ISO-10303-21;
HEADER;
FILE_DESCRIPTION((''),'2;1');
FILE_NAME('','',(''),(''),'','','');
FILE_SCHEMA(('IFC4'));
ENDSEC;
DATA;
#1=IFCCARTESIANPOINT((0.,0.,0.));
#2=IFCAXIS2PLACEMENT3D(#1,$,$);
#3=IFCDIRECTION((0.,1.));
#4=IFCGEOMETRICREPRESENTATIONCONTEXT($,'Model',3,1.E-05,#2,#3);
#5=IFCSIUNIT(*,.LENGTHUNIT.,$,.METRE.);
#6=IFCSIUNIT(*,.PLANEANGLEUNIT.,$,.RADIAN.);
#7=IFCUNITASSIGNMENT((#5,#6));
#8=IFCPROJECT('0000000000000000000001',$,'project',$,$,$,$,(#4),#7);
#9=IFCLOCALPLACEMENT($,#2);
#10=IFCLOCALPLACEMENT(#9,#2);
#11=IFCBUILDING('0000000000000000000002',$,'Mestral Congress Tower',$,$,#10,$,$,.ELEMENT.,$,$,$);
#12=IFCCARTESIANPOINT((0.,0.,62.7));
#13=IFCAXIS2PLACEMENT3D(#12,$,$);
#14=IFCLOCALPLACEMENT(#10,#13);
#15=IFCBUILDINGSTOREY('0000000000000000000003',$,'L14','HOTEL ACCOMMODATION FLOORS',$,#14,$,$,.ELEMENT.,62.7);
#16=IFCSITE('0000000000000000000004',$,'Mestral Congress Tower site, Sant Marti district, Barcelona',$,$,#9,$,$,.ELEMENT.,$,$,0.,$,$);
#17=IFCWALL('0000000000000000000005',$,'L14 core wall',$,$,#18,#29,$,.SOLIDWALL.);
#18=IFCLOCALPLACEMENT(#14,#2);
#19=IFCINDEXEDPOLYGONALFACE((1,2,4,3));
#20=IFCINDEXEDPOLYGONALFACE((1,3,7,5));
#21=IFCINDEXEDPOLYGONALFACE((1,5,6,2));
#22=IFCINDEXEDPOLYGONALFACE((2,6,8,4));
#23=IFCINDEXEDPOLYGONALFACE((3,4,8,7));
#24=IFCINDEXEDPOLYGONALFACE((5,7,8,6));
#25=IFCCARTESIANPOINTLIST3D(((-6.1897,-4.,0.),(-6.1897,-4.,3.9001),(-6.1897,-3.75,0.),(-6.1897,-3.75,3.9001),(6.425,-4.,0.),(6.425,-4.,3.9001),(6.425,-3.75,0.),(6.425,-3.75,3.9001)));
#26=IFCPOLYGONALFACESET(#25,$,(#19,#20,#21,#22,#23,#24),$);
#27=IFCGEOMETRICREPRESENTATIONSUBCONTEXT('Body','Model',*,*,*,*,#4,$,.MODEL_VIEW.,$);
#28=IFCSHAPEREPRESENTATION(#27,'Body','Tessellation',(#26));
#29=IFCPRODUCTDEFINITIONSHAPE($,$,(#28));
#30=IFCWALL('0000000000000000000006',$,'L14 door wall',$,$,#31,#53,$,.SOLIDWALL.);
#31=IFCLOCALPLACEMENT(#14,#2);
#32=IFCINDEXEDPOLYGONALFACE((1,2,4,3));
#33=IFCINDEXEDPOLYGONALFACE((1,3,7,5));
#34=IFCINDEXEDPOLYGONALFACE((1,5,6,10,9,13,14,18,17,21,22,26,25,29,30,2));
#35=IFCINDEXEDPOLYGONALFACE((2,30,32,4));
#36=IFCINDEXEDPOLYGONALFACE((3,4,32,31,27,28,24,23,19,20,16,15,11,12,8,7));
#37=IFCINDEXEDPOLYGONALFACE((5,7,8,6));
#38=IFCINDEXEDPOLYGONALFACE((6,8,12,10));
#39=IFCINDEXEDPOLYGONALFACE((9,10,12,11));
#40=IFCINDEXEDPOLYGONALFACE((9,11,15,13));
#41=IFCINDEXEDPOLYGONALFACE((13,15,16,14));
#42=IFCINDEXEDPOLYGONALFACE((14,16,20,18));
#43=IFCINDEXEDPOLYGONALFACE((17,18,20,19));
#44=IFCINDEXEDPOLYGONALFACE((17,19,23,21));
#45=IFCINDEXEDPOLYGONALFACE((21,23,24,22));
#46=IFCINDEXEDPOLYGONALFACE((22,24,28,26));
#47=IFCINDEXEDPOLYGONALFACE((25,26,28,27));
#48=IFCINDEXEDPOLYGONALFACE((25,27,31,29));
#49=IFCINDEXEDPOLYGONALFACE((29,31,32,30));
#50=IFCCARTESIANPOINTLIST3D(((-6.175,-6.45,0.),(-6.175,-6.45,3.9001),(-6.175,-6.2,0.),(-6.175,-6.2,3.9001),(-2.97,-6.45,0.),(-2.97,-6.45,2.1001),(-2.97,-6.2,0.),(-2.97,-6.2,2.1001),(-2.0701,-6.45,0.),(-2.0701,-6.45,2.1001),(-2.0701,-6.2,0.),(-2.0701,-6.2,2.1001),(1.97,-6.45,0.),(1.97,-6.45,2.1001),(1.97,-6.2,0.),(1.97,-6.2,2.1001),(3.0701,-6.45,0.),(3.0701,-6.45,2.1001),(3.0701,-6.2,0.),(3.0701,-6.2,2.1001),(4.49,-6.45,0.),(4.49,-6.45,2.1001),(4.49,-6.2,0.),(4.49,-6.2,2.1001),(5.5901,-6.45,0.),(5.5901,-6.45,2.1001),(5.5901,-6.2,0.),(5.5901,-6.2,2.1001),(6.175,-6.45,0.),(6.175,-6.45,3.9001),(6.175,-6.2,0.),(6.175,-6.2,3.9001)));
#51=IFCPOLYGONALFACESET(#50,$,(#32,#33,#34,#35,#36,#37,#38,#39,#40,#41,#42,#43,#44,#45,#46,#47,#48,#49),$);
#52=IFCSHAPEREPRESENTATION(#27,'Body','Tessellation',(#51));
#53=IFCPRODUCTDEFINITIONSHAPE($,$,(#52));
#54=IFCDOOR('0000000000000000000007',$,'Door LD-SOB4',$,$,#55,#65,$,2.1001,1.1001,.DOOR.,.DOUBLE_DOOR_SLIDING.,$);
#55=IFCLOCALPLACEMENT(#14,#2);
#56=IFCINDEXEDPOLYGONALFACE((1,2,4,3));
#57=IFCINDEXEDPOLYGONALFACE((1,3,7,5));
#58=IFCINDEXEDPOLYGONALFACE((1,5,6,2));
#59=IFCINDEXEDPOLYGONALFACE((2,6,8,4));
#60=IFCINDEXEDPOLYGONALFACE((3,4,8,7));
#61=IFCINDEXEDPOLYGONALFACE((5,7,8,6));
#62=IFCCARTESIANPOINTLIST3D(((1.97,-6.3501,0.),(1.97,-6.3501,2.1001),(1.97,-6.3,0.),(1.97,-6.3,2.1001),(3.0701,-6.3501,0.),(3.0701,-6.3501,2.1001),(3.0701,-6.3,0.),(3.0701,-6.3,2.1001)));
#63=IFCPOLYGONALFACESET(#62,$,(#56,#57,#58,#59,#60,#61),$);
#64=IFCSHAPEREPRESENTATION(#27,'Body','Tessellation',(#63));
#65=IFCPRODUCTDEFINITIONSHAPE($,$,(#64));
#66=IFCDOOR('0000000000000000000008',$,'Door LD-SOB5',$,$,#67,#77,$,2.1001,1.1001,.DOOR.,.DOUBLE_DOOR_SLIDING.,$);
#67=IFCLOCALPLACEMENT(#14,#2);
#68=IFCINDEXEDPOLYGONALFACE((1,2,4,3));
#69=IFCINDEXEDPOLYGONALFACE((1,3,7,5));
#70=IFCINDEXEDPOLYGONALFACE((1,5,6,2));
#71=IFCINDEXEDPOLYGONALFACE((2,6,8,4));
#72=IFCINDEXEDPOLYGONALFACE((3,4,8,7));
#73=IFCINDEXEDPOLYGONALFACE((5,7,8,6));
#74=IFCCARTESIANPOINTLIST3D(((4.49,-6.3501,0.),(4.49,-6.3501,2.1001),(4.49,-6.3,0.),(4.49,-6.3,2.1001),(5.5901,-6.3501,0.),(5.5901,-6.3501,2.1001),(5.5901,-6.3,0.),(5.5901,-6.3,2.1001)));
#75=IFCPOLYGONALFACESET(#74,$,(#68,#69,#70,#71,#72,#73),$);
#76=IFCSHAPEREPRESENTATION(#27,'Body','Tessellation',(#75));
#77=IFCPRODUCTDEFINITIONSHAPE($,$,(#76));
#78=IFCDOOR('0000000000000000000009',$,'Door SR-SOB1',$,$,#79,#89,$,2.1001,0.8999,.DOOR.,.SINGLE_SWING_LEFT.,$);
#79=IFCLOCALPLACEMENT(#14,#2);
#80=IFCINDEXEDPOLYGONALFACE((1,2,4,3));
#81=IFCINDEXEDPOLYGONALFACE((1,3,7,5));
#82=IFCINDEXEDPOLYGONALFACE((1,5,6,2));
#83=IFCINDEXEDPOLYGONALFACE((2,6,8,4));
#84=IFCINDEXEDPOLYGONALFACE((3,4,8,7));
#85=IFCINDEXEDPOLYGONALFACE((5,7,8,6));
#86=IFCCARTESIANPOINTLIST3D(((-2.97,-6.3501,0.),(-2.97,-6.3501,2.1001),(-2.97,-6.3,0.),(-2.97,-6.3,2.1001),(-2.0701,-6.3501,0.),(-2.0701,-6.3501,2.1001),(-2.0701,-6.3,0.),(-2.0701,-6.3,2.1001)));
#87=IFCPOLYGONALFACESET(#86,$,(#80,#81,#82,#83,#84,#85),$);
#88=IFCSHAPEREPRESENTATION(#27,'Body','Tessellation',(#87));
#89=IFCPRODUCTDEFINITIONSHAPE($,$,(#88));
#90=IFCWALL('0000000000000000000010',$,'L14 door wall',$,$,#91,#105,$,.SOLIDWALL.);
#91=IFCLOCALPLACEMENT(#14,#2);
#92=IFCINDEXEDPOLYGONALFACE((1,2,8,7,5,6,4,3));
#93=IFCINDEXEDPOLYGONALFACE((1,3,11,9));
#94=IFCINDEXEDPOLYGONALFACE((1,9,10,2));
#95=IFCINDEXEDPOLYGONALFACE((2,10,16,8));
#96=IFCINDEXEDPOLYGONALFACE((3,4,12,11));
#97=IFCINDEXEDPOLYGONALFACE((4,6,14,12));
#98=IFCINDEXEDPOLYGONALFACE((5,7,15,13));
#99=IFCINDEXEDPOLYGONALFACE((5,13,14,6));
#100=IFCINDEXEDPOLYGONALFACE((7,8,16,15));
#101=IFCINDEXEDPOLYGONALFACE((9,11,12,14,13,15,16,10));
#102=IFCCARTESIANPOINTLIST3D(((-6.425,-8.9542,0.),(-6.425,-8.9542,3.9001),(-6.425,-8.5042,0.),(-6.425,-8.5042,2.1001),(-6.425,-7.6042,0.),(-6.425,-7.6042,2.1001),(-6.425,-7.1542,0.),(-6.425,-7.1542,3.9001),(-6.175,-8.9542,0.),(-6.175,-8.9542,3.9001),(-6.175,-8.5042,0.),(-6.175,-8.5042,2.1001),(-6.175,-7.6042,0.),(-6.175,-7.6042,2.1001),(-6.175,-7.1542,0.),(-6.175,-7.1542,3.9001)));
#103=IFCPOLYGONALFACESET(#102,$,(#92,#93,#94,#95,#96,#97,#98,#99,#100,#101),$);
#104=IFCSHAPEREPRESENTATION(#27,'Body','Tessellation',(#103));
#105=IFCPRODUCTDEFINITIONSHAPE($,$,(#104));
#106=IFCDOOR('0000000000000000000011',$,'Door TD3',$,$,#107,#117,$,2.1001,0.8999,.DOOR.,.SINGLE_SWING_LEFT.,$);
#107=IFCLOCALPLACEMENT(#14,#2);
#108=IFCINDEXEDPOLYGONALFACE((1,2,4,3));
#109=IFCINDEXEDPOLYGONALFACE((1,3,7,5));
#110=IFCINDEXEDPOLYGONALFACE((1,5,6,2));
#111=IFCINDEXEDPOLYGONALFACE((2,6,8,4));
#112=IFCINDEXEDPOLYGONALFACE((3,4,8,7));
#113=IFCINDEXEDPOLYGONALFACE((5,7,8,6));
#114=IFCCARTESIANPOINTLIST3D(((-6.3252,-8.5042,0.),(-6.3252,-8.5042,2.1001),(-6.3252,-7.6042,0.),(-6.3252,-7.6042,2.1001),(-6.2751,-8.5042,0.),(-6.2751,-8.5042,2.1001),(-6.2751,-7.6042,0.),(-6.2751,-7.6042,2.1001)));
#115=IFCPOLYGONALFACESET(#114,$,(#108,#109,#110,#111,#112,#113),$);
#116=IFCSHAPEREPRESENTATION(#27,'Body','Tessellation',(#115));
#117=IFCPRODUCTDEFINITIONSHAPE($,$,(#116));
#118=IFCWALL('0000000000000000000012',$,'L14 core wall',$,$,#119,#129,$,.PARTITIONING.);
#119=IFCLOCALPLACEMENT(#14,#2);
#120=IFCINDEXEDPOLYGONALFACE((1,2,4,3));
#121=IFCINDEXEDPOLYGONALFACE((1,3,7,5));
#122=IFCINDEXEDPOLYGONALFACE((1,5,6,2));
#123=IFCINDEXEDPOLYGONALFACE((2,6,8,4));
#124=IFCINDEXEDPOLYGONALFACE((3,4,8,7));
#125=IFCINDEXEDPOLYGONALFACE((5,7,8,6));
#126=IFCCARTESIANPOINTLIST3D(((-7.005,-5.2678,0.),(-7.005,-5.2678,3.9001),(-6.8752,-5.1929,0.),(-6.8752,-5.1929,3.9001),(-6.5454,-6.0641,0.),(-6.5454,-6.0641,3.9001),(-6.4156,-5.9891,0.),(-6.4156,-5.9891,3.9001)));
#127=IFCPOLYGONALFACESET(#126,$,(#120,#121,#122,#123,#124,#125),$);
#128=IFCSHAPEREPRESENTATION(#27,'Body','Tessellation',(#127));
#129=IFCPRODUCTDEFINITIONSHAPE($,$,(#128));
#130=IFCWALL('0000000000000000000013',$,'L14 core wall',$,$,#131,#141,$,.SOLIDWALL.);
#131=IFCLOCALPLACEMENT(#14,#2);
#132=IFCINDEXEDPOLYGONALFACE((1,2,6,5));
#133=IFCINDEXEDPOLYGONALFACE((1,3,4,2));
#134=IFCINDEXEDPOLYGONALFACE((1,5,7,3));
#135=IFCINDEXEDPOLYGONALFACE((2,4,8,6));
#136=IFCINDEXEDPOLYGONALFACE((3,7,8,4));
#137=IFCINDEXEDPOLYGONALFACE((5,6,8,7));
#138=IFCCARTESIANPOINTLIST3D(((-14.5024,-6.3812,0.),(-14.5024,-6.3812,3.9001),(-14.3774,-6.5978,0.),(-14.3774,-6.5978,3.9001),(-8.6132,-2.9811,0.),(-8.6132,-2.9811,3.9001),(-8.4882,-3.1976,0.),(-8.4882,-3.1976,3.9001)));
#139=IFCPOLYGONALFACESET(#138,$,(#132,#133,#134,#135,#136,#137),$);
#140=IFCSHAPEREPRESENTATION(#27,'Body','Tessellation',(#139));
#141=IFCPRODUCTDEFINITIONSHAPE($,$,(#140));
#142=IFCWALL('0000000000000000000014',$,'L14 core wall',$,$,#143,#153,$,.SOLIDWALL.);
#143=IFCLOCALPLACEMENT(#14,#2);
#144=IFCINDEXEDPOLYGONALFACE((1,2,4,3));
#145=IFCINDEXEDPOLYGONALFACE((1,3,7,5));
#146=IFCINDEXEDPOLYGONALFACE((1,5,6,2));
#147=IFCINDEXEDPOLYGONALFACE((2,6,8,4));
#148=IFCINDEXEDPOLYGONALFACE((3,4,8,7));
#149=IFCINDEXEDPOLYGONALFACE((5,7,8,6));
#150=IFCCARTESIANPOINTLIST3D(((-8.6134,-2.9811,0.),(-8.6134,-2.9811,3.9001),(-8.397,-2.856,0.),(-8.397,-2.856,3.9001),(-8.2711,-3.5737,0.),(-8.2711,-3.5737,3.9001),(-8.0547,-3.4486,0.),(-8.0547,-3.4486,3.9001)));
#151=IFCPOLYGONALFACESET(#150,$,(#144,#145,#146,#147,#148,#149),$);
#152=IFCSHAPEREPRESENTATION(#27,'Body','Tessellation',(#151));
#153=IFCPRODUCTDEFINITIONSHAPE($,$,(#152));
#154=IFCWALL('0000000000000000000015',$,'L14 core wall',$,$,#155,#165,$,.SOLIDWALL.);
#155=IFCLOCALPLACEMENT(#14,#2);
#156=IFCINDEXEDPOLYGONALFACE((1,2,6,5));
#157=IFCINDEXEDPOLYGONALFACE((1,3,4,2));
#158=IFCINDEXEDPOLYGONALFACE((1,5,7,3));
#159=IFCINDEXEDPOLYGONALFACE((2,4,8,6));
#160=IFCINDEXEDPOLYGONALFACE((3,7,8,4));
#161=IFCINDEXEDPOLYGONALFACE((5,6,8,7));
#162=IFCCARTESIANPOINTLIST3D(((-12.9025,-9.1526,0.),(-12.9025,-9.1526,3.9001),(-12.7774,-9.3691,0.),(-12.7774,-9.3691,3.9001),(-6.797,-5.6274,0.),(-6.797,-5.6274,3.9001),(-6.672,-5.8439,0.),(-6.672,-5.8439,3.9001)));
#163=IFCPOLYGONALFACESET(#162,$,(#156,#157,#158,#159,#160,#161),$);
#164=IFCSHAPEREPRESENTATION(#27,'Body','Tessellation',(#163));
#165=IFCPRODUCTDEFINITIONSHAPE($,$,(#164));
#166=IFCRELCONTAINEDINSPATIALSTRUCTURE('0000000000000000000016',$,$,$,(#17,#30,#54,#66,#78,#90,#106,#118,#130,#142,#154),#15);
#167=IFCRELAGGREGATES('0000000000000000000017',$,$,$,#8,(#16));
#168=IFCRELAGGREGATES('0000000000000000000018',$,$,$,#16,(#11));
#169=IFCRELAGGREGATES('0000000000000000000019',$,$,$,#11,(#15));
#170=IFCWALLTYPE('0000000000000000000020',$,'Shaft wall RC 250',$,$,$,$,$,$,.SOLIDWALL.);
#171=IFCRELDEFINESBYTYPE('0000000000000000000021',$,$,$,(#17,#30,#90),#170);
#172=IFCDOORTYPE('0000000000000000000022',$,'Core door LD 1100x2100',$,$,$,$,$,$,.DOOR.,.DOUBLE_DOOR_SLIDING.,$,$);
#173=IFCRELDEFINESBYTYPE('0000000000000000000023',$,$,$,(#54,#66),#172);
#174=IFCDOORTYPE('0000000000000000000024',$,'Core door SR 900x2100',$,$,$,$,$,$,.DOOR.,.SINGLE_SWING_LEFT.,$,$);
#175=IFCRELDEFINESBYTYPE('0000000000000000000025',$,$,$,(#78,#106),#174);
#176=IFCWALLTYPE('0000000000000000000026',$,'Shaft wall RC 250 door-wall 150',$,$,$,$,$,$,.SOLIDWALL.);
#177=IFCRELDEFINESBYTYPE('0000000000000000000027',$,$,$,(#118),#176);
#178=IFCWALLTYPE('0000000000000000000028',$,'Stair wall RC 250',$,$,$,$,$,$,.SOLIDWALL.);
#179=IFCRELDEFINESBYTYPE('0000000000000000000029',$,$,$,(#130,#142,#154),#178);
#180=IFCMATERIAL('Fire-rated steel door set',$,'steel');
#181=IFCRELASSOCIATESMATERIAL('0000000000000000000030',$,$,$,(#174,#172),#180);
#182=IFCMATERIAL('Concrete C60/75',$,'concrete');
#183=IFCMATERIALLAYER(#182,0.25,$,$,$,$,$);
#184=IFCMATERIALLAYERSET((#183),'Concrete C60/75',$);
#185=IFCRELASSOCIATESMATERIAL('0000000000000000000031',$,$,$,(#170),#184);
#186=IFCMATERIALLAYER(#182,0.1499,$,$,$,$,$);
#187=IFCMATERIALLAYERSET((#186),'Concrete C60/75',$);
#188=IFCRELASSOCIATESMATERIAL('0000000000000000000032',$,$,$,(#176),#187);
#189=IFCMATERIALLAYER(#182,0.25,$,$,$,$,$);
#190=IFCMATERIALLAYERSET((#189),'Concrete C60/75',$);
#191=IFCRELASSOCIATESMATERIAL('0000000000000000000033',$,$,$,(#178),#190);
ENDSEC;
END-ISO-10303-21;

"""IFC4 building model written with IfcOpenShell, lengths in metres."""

from ifc_helpers import new_model, si_unit, direction, frame, frame_2d, origin, place, context, subcontext, project, spatial, rectangle, extrude, material, layer, layer_set, type_object, element, fill, save


model = new_model("IFC4")

# Units and contexts
model_context = context("Model", 3, precision=1e-05, world=origin(), true_north=direction((0.0, 1.0)))
body_context = subcontext(model_context, "Body", "Model", "MODEL_VIEW")
ifc_project = project(units=[si_unit("LENGTHUNIT", "METRE"), si_unit("PLANEANGLEUNIT", "RADIAN")], contexts=[model_context])

# Site, building, storey
site_placement = place(None, origin())
site = spatial("IfcSite", under=ifc_project, at=site_placement, Name="Mestral Congress Tower site, Sant Marti district, Barcelona", CompositionType="ELEMENT", RefElevation=0.0)
building_placement = place(site_placement, origin())
building = spatial("IfcBuilding", under=site, at=building_placement, Name="Mestral Congress Tower", CompositionType="ELEMENT")
storey_placement = place(building_placement, frame((0.0, 0.0, 62.7)))
storey = spatial("IfcBuildingStorey", under=building, at=storey_placement, Name="L14", Description="HOTEL ACCOMMODATION FLOORS", CompositionType="ELEMENT", Elevation=62.7)

# Shared definitions
ifc_material_1 = material(Name="Fire-rated steel door set", Category="steel")
door_type_1 = type_object("IfcDoorType", Name="Core door SR 900x2100", OperationType="SINGLE_SWING_LEFT", PredefinedType="DOOR", material=ifc_material_1)

# Wall
ifc_material_2 = material(Name="Concrete C60/75", Category="concrete")
ifc_layer_1 = layer(ifc_material_2, 0.25)
ifc_layer_set_1 = layer_set([ifc_layer_1], Name="Concrete C60/75")
wall_type_1 = type_object("IfcWallType", Name="Shaft wall RC 250", PredefinedType="SOLIDWALL", material=ifc_layer_set_1)
wall_1_placement = place(storey_placement, frame((-6.1897, -3.875, 0.0), z_axis=(0.0, 0.0, 1.0), x_axis=(1.0, 0.0, 0.0)))
element("IfcWall", 1, at=wall_1_placement, inside=storey, type_object=wall_type_1, Name="L14 core wall", PredefinedType="SOLIDWALL", context=body_context, shape_type="SweptSolid", body=[
    extrude(rectangle(XDim=12.6147, YDim=0.25, at=frame_2d((6.3074, 0.0))), origin(), (0.0, 0.0, 1.0), 3.9001),
])

# Wall, openings, doors
wall_2_placement = place(storey_placement, frame((-6.175, -6.325, 0.0), z_axis=(0.0, 0.0, 1.0), x_axis=(1.0, 0.0, 0.0)))
wall_2 = element("IfcWall", 2, at=wall_2_placement, inside=storey, type_object=wall_type_1, Name="L14 door wall", PredefinedType="SOLIDWALL", context=body_context, shape_type="SweptSolid", body=[
    extrude(rectangle(XDim=12.3501, YDim=0.25, at=frame_2d((6.175, 0.0))), origin(), (0.0, 0.0, 1.0), 3.9001),
])
opening_1_placement = place(wall_2_placement, frame((3.2051, 0.0, 0.0)))
opening_1 = element("IfcOpeningElement", 3, at=opening_1_placement, cuts=wall_2, PredefinedType="OPENING", context=body_context, shape_type="SweptSolid", body=[
    extrude(rectangle(XDim=0.8999, YDim=2.1001, at=frame_2d((0.45, 1.05))), frame((0.0, 0.135, 0.0), z_axis=(0.0, -1.0, 0.0), x_axis=(1.0, 0.0, 0.0)), (0.0, 0.0, 1.0), 0.27),
])
opening_2_placement = place(wall_2_placement, frame((8.145, 0.0, 0.0)))
opening_2 = element("IfcOpeningElement", 4, at=opening_2_placement, cuts=wall_2, PredefinedType="OPENING", context=body_context, shape_type="SweptSolid", body=[
    extrude(rectangle(XDim=1.1001, YDim=2.1001, at=frame_2d((0.55, 1.05))), frame((0.0, 0.135, 0.0), z_axis=(0.0, -1.0, 0.0), x_axis=(1.0, 0.0, 0.0)), (0.0, 0.0, 1.0), 0.27),
])
opening_3_placement = place(wall_2_placement, frame((10.665, 0.0, 0.0)))
opening_3 = element("IfcOpeningElement", 5, at=opening_3_placement, cuts=wall_2, PredefinedType="OPENING", context=body_context, shape_type="SweptSolid", body=[
    extrude(rectangle(XDim=1.1001, YDim=2.1001, at=frame_2d((0.55, 1.05))), frame((0.0, 0.135, 0.0), z_axis=(0.0, -1.0, 0.0), x_axis=(1.0, 0.0, 0.0)), (0.0, 0.0, 1.0), 0.27),
])
door_type_2 = type_object("IfcDoorType", Name="Core door LD 1100x2100", OperationType="DOUBLE_DOOR_SLIDING", PredefinedType="DOOR", material=ifc_material_1)
door_1_placement = place(opening_2_placement, origin())
door_1 = element("IfcDoor", 6, at=door_1_placement, inside=storey, type_object=door_type_2, Name="Door LD-SOB4", OperationType="DOUBLE_DOOR_SLIDING", OverallHeight=2.1001, OverallWidth=1.1001, PredefinedType="DOOR", context=body_context, shape_type="SweptSolid", body=[
    extrude(rectangle(XDim=1.1001, YDim=2.1001, at=frame_2d((0.55, 1.05))), frame((0.0, 0.0249, 0.0), z_axis=(0.0, -1.0, 0.0), x_axis=(1.0, 0.0, 0.0)), (0.0, 0.0, 1.0), 0.05),
])
fill(opening_2, door_1)
door_2_placement = place(opening_3_placement, origin())
door_2 = element("IfcDoor", 7, at=door_2_placement, inside=storey, type_object=door_type_2, Name="Door LD-SOB5", OperationType="DOUBLE_DOOR_SLIDING", OverallHeight=2.1001, OverallWidth=1.1001, PredefinedType="DOOR", context=body_context, shape_type="SweptSolid", body=[
    extrude(rectangle(XDim=1.1001, YDim=2.1001, at=frame_2d((0.55, 1.05))), frame((0.0, 0.0249, 0.0), z_axis=(0.0, -1.0, 0.0), x_axis=(1.0, 0.0, 0.0)), (0.0, 0.0, 1.0), 0.05),
])
fill(opening_3, door_2)
door_3_placement = place(opening_1_placement, origin())
door_3 = element("IfcDoor", 8, at=door_3_placement, inside=storey, type_object=door_type_1, Name="Door SR-SOB1", OperationType="SINGLE_SWING_LEFT", OverallHeight=2.1001, OverallWidth=0.8999, PredefinedType="DOOR", context=body_context, shape_type="SweptSolid", body=[
    extrude(rectangle(XDim=0.8999, YDim=2.1001, at=frame_2d((0.45, 1.05))), frame((0.0, 0.0249, 0.0), z_axis=(0.0, -1.0, 0.0), x_axis=(1.0, 0.0, 0.0)), (0.0, 0.0, 1.0), 0.05),
])
fill(opening_1, door_3)

# Wall, opening, door
wall_3_placement = place(storey_placement, frame((-6.3, -7.1543, 0.0), z_axis=(0.0, 0.0, 1.0), x_axis=(0.0, -1.0, 0.0)))
wall_3 = element("IfcWall", 9, at=wall_3_placement, inside=storey, type_object=wall_type_1, Name="L14 door wall", PredefinedType="SOLIDWALL", context=body_context, shape_type="SweptSolid", body=[
    extrude(rectangle(XDim=1.8, YDim=0.25, at=frame_2d((0.8999, 0.0))), origin(), (0.0, 0.0, 1.0), 3.9001),
])
opening_4_placement = place(wall_3_placement, frame((0.45, 0.0, 0.0)))
opening_4 = element("IfcOpeningElement", 10, at=opening_4_placement, cuts=wall_3, PredefinedType="OPENING", context=body_context, shape_type="SweptSolid", body=[
    extrude(rectangle(XDim=0.8999, YDim=2.1001, at=frame_2d((0.45, 1.05))), frame((0.0, 0.135, 0.0), z_axis=(0.0, -1.0, 0.0), x_axis=(1.0, 0.0, 0.0)), (0.0, 0.0, 1.0), 0.27),
])
door_4_placement = place(opening_4_placement, origin())
door_4 = element("IfcDoor", 11, at=door_4_placement, inside=storey, type_object=door_type_1, Name="Door TD3", OperationType="SINGLE_SWING_LEFT", OverallHeight=2.1001, OverallWidth=0.8999, PredefinedType="DOOR", context=body_context, shape_type="SweptSolid", body=[
    extrude(rectangle(XDim=0.8999, YDim=2.1001, at=frame_2d((0.45, 1.05))), frame((0.0, 0.0249, 0.0), z_axis=(0.0, -1.0, 0.0), x_axis=(1.0, 0.0, 0.0)), (0.0, 0.0, 1.0), 0.05),
])
fill(opening_4, door_4)

# Walls
ifc_layer_2 = layer(ifc_material_2, 0.1499)
ifc_layer_set_2 = layer_set([ifc_layer_2], Name="Concrete C60/75")
wall_type_2 = type_object("IfcWallType", Name="Shaft wall RC 250 door-wall 150", PredefinedType="SOLIDWALL", material=ifc_layer_set_2)
wall_4_placement = place(storey_placement, frame((-6.4805, -6.0266, 0.0), z_axis=(0.0, 0.0, 1.0), x_axis=(-0.499937, 0.866062, 0.0)))
element("IfcWall", 12, at=wall_4_placement, inside=storey, type_object=wall_type_2, Name="L14 core wall", PredefinedType="PARTITIONING", context=body_context, shape_type="SweptSolid", body=[
    extrude(rectangle(XDim=0.9194, YDim=0.1499, at=frame_2d((0.4597, 0.0))), origin(), (0.0, 0.0, 1.0), 3.9001),
])
ifc_layer_3 = layer(ifc_material_2, 0.25)
ifc_layer_set_3 = layer_set([ifc_layer_3], Name="Concrete C60/75")
wall_type_3 = type_object("IfcWallType", Name="Stair wall RC 250", PredefinedType="SOLIDWALL", material=ifc_layer_set_3)
wall_5_placement = place(storey_placement, frame((-14.4399, -6.4895, 0.0), z_axis=(0.0, 0.0, 1.0), x_axis=(0.866023, 0.500004, 0.0)))
element("IfcWall", 13, at=wall_5_placement, inside=storey, type_object=wall_type_3, Name="L14 core wall", PredefinedType="SOLIDWALL", context=body_context, shape_type="SweptSolid", body=[
    extrude(rectangle(XDim=6.8003, YDim=0.25, at=frame_2d((3.4001, 0.0))), origin(), (0.0, 0.0, 1.0), 3.9001),
])
wall_6_placement = place(storey_placement, frame((-8.1628, -3.5112, 0.0), z_axis=(0.0, 0.0, 1.0), x_axis=(-0.500206, 0.865906, 0.0)))
element("IfcWall", 14, at=wall_6_placement, inside=storey, type_object=wall_type_3, Name="L14 core wall", PredefinedType="SOLIDWALL", context=body_context, shape_type="SweptSolid", body=[
    extrude(rectangle(XDim=0.6843, YDim=0.25, at=frame_2d((0.3423, 0.0))), origin(), (0.0, 0.0, 1.0), 3.9001),
])
wall_7_placement = place(storey_placement, frame((-12.8398, -9.2607, 0.0), z_axis=(0.0, 0.0, 1.0), x_axis=(0.866016, 0.500016, 0.0)))
element("IfcWall", 15, at=wall_7_placement, inside=storey, type_object=wall_type_3, Name="L14 core wall", PredefinedType="SOLIDWALL", context=body_context, shape_type="SweptSolid", body=[
    extrude(rectangle(XDim=7.05, YDim=0.25, at=frame_2d((3.5249, 0.0))), origin(), (0.0, 0.0, 1.0), 3.9001),
])

save(model, "model.ifc")
